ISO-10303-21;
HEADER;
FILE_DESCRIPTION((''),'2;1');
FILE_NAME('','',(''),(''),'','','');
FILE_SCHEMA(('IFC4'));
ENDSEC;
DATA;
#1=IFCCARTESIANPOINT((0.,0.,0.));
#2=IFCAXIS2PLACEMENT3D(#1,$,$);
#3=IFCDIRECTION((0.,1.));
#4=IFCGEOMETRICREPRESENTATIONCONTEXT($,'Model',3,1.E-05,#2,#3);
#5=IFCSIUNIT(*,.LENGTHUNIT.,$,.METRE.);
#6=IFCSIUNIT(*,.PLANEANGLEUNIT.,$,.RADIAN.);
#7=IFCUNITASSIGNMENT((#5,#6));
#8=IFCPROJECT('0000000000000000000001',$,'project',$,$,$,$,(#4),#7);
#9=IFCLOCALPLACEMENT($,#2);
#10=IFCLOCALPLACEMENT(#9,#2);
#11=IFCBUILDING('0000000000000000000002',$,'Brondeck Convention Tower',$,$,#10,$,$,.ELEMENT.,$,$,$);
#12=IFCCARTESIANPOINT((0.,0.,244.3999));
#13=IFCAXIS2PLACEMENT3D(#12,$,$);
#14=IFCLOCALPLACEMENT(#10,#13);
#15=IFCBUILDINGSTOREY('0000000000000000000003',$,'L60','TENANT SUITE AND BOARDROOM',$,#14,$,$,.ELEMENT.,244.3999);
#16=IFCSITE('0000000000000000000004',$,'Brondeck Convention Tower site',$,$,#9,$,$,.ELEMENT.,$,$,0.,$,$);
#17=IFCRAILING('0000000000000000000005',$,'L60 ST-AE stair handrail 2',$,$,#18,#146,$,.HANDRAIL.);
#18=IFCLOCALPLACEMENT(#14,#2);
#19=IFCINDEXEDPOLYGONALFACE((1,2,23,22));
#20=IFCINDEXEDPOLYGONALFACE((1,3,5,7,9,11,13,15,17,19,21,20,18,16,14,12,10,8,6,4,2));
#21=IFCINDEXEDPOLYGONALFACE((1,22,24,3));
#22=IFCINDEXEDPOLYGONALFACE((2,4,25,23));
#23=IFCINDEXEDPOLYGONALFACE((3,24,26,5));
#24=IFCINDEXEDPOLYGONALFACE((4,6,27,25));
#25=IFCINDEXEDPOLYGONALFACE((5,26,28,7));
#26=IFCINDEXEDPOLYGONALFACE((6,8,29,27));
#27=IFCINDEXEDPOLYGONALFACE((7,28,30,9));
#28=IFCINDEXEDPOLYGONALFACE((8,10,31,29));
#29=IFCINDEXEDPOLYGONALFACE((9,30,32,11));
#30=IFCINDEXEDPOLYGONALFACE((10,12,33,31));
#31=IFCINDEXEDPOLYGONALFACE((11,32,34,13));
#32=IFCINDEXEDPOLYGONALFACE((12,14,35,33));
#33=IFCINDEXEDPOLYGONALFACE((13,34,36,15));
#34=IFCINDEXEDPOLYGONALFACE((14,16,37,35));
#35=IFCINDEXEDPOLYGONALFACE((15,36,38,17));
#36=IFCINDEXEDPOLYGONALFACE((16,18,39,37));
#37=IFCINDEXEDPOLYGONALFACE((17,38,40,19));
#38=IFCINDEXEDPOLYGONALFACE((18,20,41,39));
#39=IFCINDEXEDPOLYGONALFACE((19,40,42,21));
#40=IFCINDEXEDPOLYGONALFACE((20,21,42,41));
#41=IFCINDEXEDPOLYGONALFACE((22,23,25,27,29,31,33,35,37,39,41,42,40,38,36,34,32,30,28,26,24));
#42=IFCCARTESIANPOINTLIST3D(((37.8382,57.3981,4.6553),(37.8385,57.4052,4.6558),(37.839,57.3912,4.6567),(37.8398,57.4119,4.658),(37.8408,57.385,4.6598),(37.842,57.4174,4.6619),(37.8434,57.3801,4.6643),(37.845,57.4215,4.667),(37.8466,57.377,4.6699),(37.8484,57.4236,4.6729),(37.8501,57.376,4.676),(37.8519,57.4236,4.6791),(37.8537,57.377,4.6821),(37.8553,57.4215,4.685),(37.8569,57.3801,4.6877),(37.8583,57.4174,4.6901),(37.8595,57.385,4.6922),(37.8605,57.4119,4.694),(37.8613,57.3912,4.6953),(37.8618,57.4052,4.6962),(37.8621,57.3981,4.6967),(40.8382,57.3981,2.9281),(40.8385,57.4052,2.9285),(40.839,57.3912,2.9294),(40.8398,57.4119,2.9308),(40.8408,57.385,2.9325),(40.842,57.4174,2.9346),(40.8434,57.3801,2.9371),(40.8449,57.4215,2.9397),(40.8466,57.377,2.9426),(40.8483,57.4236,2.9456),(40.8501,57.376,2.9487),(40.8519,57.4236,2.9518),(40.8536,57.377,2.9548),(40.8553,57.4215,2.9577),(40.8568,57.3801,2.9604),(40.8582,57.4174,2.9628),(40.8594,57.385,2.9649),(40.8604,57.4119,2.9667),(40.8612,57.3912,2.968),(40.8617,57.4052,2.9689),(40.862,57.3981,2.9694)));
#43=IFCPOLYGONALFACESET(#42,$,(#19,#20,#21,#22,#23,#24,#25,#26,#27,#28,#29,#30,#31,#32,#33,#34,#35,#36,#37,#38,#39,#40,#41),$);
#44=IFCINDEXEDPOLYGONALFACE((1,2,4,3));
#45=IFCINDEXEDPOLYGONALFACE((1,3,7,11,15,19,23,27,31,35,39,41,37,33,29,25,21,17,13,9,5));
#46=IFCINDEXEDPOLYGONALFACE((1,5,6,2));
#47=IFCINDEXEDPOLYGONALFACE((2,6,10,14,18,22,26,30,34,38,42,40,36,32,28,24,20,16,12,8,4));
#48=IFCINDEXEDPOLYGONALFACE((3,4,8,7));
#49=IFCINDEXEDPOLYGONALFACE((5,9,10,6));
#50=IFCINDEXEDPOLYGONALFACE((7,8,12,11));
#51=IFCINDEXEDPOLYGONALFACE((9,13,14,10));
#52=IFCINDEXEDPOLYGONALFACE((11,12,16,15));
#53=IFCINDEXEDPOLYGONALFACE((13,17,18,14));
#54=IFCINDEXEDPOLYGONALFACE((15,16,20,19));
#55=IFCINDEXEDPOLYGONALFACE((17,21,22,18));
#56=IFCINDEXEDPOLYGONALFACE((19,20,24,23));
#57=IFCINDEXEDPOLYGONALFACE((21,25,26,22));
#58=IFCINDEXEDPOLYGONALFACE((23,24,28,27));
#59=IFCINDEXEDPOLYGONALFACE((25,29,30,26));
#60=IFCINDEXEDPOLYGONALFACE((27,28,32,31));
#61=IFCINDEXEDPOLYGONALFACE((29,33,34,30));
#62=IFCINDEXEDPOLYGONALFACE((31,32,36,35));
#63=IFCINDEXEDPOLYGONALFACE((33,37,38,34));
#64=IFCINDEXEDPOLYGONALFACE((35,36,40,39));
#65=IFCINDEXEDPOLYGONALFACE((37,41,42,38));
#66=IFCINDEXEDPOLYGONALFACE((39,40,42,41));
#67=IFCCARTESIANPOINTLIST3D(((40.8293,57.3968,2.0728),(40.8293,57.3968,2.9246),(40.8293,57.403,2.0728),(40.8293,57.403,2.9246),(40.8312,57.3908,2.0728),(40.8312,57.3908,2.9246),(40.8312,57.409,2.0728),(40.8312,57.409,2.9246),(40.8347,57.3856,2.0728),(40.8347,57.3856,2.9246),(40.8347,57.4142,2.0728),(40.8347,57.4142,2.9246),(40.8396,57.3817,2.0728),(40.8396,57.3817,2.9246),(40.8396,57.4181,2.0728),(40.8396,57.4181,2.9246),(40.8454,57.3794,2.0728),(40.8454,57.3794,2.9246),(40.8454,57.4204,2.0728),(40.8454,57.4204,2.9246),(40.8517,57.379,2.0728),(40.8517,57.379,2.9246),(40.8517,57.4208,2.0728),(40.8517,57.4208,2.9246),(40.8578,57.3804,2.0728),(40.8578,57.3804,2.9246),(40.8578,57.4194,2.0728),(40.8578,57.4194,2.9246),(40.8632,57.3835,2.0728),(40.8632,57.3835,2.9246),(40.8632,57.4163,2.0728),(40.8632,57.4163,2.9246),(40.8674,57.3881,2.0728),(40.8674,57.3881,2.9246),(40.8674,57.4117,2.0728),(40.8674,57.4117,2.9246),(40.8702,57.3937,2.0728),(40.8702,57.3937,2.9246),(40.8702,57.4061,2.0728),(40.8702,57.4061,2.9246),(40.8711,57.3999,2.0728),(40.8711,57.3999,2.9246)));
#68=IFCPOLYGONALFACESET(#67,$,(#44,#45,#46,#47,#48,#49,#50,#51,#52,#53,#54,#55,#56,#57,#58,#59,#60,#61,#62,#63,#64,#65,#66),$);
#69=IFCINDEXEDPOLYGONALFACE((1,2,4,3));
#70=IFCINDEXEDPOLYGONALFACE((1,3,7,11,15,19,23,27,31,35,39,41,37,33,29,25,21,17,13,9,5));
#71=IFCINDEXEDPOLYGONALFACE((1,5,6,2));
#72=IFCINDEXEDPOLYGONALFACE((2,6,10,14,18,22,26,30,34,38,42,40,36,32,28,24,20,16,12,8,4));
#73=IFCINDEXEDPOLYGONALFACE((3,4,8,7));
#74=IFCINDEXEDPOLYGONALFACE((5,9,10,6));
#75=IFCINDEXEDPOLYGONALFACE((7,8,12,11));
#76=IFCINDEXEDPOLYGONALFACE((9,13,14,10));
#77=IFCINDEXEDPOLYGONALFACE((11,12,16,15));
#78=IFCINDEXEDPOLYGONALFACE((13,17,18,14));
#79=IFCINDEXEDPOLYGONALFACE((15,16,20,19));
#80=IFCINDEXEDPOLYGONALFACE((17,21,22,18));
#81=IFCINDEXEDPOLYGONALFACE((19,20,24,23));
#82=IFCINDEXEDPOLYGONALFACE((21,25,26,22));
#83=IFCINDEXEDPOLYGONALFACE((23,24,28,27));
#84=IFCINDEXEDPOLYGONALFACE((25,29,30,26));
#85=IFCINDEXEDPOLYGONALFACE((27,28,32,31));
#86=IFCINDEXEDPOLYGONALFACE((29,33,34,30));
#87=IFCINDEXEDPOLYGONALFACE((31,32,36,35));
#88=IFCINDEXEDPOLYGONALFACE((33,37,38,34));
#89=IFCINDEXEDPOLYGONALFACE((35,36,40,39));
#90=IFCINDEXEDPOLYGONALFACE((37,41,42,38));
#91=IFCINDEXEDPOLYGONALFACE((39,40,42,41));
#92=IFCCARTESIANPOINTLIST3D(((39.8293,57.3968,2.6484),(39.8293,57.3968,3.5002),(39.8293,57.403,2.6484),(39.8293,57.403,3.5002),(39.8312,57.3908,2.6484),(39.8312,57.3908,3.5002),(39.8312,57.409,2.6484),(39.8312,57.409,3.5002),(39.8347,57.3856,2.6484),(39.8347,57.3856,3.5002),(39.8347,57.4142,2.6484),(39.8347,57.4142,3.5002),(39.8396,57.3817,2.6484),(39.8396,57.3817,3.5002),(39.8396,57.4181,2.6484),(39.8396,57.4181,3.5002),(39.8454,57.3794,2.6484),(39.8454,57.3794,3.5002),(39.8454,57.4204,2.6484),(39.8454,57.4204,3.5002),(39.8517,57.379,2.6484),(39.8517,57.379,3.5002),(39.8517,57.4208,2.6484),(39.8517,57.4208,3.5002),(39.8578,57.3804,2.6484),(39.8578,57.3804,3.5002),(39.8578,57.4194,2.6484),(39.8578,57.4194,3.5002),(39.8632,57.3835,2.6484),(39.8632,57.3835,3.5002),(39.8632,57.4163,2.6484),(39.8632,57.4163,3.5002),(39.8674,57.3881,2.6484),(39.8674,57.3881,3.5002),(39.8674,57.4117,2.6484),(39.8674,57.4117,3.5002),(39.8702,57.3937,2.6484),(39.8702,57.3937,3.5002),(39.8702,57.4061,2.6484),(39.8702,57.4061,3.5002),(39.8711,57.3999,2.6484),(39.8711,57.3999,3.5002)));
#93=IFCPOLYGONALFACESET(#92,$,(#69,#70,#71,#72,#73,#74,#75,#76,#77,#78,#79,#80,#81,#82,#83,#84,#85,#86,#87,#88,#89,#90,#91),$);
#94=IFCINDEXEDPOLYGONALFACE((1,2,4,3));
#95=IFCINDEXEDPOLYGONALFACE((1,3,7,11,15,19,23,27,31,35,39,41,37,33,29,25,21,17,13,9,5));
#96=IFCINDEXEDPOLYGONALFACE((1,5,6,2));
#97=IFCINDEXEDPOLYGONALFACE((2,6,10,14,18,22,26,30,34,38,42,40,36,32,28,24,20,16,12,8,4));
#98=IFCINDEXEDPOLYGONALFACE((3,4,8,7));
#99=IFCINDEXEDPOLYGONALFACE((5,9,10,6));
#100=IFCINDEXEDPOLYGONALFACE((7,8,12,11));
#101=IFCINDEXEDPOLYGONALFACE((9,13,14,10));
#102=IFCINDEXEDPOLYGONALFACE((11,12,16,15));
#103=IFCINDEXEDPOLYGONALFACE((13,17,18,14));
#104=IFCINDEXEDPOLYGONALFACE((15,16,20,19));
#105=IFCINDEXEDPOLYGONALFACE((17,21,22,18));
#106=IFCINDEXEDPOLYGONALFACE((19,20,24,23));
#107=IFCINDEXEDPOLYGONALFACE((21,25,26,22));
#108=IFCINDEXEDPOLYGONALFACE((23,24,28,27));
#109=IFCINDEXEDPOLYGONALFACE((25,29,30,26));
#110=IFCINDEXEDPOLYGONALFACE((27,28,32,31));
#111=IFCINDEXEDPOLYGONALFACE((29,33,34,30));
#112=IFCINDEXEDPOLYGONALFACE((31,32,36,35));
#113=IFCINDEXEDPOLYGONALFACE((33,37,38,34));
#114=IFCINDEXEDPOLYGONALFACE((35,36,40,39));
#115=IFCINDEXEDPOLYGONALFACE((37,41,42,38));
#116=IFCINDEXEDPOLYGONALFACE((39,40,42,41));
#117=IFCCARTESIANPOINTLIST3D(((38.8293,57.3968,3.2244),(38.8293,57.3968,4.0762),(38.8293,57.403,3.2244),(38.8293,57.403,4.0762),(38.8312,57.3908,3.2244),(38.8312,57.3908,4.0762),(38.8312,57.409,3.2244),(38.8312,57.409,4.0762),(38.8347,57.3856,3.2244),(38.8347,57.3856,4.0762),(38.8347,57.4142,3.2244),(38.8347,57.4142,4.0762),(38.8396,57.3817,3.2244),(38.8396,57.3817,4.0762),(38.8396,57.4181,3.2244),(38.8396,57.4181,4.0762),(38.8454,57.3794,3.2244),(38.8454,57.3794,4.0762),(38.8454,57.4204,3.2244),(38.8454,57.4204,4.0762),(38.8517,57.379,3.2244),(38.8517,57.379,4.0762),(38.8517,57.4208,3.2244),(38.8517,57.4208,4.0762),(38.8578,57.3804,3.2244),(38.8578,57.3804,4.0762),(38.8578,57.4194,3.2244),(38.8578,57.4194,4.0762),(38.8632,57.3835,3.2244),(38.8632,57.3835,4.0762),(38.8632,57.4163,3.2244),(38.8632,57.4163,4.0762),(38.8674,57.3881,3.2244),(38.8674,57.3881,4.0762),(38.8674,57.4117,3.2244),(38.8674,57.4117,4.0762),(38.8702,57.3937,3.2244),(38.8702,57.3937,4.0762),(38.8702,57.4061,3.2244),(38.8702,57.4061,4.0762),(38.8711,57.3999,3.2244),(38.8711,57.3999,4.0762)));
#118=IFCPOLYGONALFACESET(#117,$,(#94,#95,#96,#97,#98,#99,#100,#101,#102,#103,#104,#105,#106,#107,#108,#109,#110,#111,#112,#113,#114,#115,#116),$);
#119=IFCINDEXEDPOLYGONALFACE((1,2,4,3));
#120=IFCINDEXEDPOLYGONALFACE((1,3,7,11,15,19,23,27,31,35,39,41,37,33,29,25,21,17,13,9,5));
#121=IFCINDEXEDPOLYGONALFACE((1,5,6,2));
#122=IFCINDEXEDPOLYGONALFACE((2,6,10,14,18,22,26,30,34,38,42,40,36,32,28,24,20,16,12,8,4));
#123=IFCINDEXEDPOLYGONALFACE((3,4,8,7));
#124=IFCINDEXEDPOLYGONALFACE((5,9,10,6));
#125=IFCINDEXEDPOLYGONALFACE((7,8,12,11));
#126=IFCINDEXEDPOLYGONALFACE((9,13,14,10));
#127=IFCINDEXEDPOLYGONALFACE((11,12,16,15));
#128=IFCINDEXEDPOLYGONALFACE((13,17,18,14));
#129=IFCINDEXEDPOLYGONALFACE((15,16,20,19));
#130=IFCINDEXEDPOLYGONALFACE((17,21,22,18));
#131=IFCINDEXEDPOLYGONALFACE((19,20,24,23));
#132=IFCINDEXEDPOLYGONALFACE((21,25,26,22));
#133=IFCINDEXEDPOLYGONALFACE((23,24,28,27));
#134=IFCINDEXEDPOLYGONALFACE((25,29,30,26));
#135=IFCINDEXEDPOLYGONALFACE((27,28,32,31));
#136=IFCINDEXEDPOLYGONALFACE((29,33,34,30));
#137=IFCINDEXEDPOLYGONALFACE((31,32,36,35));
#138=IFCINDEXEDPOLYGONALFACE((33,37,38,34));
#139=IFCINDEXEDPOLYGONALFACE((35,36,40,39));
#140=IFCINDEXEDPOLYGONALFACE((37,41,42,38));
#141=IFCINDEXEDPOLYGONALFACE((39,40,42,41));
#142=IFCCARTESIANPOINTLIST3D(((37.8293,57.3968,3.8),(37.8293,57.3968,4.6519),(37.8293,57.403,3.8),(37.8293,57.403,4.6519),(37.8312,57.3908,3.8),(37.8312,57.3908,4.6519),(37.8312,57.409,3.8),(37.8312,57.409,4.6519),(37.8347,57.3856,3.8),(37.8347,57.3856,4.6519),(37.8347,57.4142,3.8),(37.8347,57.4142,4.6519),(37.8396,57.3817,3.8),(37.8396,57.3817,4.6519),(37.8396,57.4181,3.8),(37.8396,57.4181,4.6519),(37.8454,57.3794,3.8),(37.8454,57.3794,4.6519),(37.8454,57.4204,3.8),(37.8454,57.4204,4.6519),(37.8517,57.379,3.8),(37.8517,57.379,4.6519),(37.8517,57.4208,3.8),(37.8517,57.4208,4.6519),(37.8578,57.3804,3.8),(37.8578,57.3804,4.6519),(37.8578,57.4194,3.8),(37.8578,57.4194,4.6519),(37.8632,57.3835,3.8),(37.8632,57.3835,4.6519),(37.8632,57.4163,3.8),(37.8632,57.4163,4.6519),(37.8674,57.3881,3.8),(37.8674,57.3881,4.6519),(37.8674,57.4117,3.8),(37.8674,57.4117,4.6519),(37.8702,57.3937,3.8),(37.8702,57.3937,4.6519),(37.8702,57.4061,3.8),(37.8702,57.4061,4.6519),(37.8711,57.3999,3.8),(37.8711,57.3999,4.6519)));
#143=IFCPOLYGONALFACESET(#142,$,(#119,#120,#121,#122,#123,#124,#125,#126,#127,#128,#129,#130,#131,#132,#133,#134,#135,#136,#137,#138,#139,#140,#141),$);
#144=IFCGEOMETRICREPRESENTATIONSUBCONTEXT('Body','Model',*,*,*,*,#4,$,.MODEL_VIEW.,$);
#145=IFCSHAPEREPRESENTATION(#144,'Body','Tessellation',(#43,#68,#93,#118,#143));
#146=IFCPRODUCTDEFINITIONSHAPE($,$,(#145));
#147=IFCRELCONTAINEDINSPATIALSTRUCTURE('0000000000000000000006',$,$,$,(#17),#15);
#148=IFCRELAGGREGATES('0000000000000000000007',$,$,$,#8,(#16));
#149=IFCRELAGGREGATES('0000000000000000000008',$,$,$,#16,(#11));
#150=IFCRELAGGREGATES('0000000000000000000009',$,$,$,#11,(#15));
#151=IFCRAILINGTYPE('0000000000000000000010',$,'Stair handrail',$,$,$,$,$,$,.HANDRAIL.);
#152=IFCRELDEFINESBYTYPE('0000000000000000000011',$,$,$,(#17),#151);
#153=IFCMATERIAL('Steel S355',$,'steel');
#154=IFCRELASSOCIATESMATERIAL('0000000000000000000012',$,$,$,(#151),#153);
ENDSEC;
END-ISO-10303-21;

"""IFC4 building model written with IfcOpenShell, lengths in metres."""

from ifc_helpers import new_model, si_unit, direction, frame, origin, origin_2d, place, context, subcontext, project, spatial, circle, extrude, material, type_object, element, save


model = new_model("IFC4")

# Units and contexts
model_context = context("Model", 3, precision=1e-05, world=origin(), true_north=direction((0.0, 1.0)))
body_context = subcontext(model_context, "Body", "Model", "MODEL_VIEW")
ifc_project = project(units=[si_unit("LENGTHUNIT", "METRE"), si_unit("PLANEANGLEUNIT", "RADIAN")], contexts=[model_context])

# Site, building, storey
site_placement = place(None, origin())
site = spatial("IfcSite", under=ifc_project, at=site_placement, Name="Brondeck Convention Tower site", CompositionType="ELEMENT", RefElevation=0.0)
building_placement = place(site_placement, origin())
building = spatial("IfcBuilding", under=site, at=building_placement, Name="Brondeck Convention Tower", CompositionType="ELEMENT")
storey_placement = place(building_placement, frame((0.0, 0.0, 244.3999)))
storey = spatial("IfcBuildingStorey", under=building, at=storey_placement, Name="L60", Description="TENANT SUITE AND BOARDROOM", CompositionType="ELEMENT", Elevation=244.3999)

# Shared definitions
ifc_material_1 = material(Name="Steel S355", Category="steel")

# Railing
railing_type_1 = type_object("IfcRailingType", Name="Stair handrail", PredefinedType="HANDRAIL", material=ifc_material_1)
railing_1_placement = place(storey_placement, frame((40.8501, 57.3999, 2.0728)))
element("IfcRailing", 1, at=railing_1_placement, inside=storey, type_object=railing_type_1, Name="L60 ST-AE stair handrail 2", PredefinedType="HANDRAIL", context=body_context, shape_type="SweptSolid", body=[
    extrude(circle(Radius=0.0239, at=origin_2d()), frame((0.0, 0.0, 0.876), z_axis=(-0.86662, 0.0, 0.498969), x_axis=(0.0, -1.0, 0.0)), (0.0, 0.0, 1.0), 3.4617),
    extrude(circle(Radius=0.021, at=origin_2d()), origin(), (0.0, 0.0, 1.0), 0.8518),
    extrude(circle(Radius=0.021, at=origin_2d()), frame((-1.0, 0.0, 0.5757)), (0.0, 0.0, 1.0), 0.8518),
    extrude(circle(Radius=0.021, at=origin_2d()), frame((-2.0, 0.0, 1.1516)), (0.0, 0.0, 1.0), 0.8518),
    extrude(circle(Radius=0.021, at=origin_2d()), frame((-3.0, 0.0, 1.7273)), (0.0, 0.0, 1.0), 0.8518),
])

save(model, "model.ifc")
